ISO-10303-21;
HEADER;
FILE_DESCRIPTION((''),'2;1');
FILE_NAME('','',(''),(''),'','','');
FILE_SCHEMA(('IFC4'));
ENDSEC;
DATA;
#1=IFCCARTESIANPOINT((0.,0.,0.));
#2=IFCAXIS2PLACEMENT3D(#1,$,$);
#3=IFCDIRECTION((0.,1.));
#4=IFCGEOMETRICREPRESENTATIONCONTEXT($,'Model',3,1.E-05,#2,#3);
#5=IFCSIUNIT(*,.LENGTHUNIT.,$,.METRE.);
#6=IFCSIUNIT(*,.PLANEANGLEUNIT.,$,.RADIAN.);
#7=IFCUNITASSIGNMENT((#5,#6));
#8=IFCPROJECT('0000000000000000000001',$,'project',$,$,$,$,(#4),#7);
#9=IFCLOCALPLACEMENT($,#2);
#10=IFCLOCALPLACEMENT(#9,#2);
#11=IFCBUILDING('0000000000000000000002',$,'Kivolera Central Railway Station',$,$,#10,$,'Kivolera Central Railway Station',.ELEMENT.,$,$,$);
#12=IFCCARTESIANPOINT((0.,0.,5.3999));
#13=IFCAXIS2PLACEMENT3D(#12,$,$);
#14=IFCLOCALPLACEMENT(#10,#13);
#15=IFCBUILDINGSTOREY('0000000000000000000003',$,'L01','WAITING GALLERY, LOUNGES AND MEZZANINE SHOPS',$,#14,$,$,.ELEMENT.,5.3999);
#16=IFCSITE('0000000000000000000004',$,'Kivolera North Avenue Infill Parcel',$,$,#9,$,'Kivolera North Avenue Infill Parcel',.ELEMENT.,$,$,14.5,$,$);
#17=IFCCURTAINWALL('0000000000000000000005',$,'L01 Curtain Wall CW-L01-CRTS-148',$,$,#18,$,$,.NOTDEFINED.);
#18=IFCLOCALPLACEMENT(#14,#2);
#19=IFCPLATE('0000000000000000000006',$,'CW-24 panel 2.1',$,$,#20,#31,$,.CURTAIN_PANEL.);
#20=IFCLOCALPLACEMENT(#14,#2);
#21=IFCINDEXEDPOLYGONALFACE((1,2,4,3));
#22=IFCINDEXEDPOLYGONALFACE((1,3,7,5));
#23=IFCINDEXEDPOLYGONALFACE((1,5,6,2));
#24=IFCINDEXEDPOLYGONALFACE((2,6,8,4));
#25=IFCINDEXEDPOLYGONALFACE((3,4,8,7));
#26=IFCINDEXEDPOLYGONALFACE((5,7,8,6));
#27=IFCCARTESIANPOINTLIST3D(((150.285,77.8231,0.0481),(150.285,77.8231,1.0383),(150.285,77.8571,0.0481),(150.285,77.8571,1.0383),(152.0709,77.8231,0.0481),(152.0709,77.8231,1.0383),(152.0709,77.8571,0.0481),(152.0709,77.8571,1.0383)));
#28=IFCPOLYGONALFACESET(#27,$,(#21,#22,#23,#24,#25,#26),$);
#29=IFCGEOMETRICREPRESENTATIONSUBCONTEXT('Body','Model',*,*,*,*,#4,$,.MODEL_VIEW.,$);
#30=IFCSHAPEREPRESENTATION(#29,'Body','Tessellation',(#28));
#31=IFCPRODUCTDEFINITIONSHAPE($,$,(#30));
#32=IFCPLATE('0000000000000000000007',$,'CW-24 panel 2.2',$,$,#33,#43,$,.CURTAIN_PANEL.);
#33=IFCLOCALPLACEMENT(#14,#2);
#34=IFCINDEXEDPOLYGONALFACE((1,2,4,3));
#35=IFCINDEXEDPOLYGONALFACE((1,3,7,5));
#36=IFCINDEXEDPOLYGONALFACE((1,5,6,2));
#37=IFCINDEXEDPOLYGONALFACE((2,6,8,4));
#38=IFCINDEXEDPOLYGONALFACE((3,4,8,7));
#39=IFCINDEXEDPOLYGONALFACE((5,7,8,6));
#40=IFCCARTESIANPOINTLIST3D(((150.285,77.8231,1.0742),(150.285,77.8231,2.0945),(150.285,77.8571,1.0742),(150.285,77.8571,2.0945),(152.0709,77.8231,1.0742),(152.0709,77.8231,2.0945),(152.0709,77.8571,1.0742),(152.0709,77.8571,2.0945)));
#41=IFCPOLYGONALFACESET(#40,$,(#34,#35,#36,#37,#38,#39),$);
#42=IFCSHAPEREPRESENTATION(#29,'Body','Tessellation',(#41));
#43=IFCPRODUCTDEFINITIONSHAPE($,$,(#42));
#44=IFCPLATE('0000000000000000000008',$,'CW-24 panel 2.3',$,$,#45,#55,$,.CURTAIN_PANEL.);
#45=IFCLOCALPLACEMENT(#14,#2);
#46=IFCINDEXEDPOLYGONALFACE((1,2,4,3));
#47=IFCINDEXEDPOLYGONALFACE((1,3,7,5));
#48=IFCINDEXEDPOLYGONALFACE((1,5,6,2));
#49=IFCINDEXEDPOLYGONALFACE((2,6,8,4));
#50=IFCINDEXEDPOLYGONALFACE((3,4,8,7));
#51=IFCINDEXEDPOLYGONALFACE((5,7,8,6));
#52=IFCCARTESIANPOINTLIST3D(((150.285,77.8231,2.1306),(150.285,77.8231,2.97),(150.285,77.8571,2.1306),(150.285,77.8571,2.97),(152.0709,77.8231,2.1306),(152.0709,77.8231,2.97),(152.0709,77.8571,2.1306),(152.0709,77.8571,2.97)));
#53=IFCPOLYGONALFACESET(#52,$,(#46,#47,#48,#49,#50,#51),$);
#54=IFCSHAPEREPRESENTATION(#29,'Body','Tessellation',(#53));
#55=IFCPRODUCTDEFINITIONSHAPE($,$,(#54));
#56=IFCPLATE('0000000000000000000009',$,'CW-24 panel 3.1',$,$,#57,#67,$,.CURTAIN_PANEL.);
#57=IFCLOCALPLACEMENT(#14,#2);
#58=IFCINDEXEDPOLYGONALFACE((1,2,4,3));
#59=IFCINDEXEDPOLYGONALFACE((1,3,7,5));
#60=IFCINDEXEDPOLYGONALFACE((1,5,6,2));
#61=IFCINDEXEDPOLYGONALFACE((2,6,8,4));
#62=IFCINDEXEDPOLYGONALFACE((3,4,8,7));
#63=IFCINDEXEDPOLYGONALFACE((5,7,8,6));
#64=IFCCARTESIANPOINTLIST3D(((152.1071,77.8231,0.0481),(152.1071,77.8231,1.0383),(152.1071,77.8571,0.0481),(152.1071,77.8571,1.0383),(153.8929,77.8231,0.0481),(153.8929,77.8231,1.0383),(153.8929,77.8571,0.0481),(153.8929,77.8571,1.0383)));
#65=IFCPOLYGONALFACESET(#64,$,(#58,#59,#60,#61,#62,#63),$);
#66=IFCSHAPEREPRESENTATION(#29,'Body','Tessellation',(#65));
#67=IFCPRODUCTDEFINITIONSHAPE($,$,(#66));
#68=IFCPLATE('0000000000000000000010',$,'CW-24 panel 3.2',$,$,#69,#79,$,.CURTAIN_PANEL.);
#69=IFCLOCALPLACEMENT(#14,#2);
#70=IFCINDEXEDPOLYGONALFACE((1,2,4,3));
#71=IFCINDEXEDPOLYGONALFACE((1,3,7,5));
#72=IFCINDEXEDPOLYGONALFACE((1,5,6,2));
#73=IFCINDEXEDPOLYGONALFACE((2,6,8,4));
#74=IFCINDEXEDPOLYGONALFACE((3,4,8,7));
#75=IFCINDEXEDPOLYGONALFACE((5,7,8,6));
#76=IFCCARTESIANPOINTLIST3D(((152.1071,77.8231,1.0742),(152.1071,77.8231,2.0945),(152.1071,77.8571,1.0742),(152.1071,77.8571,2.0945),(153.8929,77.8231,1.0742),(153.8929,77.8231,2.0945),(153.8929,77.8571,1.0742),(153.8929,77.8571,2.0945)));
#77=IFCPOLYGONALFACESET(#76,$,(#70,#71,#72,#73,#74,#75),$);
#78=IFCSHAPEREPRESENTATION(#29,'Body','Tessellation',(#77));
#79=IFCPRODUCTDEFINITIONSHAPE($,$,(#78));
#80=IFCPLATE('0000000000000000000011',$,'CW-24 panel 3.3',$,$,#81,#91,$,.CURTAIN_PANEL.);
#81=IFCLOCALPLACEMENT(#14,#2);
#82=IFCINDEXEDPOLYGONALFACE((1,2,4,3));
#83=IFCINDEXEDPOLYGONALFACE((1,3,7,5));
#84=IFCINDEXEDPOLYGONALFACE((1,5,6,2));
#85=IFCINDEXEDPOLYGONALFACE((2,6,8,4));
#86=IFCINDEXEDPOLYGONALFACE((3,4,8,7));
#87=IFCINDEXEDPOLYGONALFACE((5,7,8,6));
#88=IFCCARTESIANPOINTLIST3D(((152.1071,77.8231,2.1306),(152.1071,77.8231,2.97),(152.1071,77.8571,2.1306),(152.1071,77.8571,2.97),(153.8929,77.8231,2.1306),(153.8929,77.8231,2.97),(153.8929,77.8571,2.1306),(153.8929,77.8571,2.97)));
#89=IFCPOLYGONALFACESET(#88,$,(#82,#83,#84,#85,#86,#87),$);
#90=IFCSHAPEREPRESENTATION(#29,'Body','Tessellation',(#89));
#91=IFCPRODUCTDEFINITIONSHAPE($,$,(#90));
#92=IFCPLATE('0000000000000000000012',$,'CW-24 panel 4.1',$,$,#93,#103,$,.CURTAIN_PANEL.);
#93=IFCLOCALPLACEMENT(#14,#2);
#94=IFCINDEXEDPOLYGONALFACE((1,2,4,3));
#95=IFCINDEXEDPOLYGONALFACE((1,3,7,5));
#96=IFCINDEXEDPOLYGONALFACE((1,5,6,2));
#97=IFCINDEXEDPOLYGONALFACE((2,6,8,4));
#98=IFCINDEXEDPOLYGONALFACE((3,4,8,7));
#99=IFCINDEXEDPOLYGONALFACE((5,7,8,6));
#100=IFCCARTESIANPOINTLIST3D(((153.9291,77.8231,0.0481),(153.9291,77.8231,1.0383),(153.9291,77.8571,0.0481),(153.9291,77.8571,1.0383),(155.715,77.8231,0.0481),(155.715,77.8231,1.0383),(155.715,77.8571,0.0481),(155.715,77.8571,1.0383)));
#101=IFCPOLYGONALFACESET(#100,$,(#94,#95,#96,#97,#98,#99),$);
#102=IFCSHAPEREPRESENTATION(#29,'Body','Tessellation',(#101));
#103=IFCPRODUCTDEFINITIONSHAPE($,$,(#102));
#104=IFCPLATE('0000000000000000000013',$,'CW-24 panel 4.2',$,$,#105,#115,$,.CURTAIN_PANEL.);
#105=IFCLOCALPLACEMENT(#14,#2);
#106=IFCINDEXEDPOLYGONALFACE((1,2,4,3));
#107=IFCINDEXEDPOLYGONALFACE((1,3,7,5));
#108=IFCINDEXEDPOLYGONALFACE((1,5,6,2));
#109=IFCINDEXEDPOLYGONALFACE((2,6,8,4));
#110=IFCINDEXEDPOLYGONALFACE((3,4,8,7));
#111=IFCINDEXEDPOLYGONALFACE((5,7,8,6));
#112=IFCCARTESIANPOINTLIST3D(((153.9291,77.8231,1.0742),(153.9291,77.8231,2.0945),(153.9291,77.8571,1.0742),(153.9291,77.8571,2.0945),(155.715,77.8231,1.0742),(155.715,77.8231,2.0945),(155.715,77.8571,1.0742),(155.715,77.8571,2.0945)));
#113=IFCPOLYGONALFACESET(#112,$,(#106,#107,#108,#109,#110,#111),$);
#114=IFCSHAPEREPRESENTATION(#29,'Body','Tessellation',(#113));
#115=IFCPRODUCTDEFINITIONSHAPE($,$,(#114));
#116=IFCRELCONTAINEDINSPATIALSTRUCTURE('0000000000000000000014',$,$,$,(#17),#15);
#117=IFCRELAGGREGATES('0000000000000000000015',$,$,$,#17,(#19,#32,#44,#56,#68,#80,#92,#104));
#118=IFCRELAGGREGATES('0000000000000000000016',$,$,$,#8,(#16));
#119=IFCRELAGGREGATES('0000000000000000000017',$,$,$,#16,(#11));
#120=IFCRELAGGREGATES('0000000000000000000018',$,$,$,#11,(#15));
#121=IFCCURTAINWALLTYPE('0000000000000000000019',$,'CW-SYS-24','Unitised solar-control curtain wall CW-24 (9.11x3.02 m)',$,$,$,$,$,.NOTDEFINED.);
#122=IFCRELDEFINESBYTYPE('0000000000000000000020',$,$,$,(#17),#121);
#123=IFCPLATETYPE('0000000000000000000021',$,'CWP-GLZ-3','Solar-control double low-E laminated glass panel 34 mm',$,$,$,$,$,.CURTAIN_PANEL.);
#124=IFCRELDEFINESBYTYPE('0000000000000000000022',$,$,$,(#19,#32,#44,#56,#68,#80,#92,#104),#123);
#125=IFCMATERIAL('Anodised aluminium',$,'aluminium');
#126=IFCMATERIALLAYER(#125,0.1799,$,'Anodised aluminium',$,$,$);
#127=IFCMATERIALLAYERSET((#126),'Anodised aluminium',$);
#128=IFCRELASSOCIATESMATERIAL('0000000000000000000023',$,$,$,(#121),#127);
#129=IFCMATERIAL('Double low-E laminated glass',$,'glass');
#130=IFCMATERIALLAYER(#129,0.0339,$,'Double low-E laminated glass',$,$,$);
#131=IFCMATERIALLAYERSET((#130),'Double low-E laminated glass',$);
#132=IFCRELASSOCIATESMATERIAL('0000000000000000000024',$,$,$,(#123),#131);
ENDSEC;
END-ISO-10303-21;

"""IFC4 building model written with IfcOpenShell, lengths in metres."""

from ifc_helpers import new_model, si_unit, direction, frame, origin, origin_2d, place, context, subcontext, project, spatial, rectangle, extrude, material, layer, layer_set, type_object, element, aggregate, save


model = new_model("IFC4")

# Units and contexts
model_context = context("Model", 3, precision=1e-05, world=origin(), true_north=direction((0.0, 1.0)))
body_context = subcontext(model_context, "Body", "Model", "MODEL_VIEW")
ifc_project = project(units=[si_unit("LENGTHUNIT", "METRE"), si_unit("PLANEANGLEUNIT", "RADIAN")], contexts=[model_context])

# Site, building, storey
site_placement = place(None, origin())
site = spatial("IfcSite", under=ifc_project, at=site_placement, Name="Kivolera North Avenue Infill Parcel", LongName="Kivolera North Avenue Infill Parcel", CompositionType="ELEMENT", RefElevation=14.5)
building_placement = place(site_placement, origin())
building = spatial("IfcBuilding", under=site, at=building_placement, Name="Kivolera Central Railway Station", LongName="Kivolera Central Railway Station", CompositionType="ELEMENT")
storey_placement = place(building_placement, frame((0.0, 0.0, 5.3999)))
storey = spatial("IfcBuildingStorey", under=building, at=storey_placement, Name="L01", Description="WAITING GALLERY, LOUNGES AND MEZZANINE SHOPS", CompositionType="ELEMENT", Elevation=5.3999)

# Curtain wall, plates
ifc_material_1 = material(Name="Anodised aluminium", Category="aluminium")
ifc_layer_1 = layer(ifc_material_1, 0.1799, Name="Anodised aluminium")
ifc_layer_set_1 = layer_set([ifc_layer_1], Name="Anodised aluminium")
curtain_wall_type = type_object("IfcCurtainWallType", Name="CW-SYS-24", Description="Unitised solar-control curtain wall CW-24 (9.11x3.02 m)", PredefinedType="NOTDEFINED", material=ifc_layer_set_1)
curtain_wall_placement = place(storey_placement, origin())
curtain_wall = element("IfcCurtainWall", 1, at=curtain_wall_placement, inside=storey, type_object=curtain_wall_type, Name="L01 Curtain Wall CW-L01-CRTS-148", PredefinedType="NOTDEFINED")
ifc_material_2 = material(Name="Double low-E laminated glass", Category="glass")
ifc_layer_2 = layer(ifc_material_2, 0.0339, Name="Double low-E laminated glass")
ifc_layer_set_2 = layer_set([ifc_layer_2], Name="Double low-E laminated glass")
plate_type = type_object("IfcPlateType", Name="CWP-GLZ-3", Description="Solar-control double low-E laminated glass panel 34 mm", PredefinedType="CURTAIN_PANEL", material=ifc_layer_set_2)
plate_1_placement = place(storey_placement, frame((151.178, 77.8401, 0.0481), z_axis=(0.0, 0.0, 1.0), x_axis=(1.0, 0.0, 0.0)))
plate_1 = element("IfcPlate", 2, at=plate_1_placement, type_object=plate_type, Name="CW-24 panel 2.1", PredefinedType="CURTAIN_PANEL", context=body_context, shape_type="SweptSolid", body=[
    extrude(rectangle(XDim=1.7859, YDim=0.0339, at=origin_2d()), origin(), (0.0, 0.0, 1.0), 0.9902),
])
plate_2_placement = place(storey_placement, frame((151.178, 77.8401, 1.0742), z_axis=(0.0, 0.0, 1.0), x_axis=(1.0, 0.0, 0.0)))
plate_2 = element("IfcPlate", 3, at=plate_2_placement, type_object=plate_type, Name="CW-24 panel 2.2", PredefinedType="CURTAIN_PANEL", context=body_context, shape_type="SweptSolid", body=[
    extrude(rectangle(XDim=1.7859, YDim=0.0339, at=origin_2d()), origin(), (0.0, 0.0, 1.0), 1.0203),
])
plate_3_placement = place(storey_placement, frame((151.178, 77.8401, 2.1306), z_axis=(0.0, 0.0, 1.0), x_axis=(1.0, 0.0, 0.0)))
plate_3 = element("IfcPlate", 4, at=plate_3_placement, type_object=plate_type, Name="CW-24 panel 2.3", PredefinedType="CURTAIN_PANEL", context=body_context, shape_type="SweptSolid", body=[
    extrude(rectangle(XDim=1.7859, YDim=0.0339, at=origin_2d()), origin(), (0.0, 0.0, 1.0), 0.8394),
])
plate_4_placement = place(storey_placement, frame((153.0, 77.8401, 0.0481), z_axis=(0.0, 0.0, 1.0), x_axis=(1.0, 0.0, 0.0)))
plate_4 = element("IfcPlate", 5, at=plate_4_placement, type_object=plate_type, Name="CW-24 panel 3.1", PredefinedType="CURTAIN_PANEL", context=body_context, shape_type="SweptSolid", body=[
    extrude(rectangle(XDim=1.7859, YDim=0.0339, at=origin_2d()), origin(), (0.0, 0.0, 1.0), 0.9902),
])
plate_5_placement = place(storey_placement, frame((153.0, 77.8401, 1.0742), z_axis=(0.0, 0.0, 1.0), x_axis=(1.0, 0.0, 0.0)))
plate_5 = element("IfcPlate", 6, at=plate_5_placement, type_object=plate_type, Name="CW-24 panel 3.2", PredefinedType="CURTAIN_PANEL", context=body_context, shape_type="SweptSolid", body=[
    extrude(rectangle(XDim=1.7859, YDim=0.0339, at=origin_2d()), origin(), (0.0, 0.0, 1.0), 1.0203),
])
plate_6_placement = place(storey_placement, frame((153.0, 77.8401, 2.1306), z_axis=(0.0, 0.0, 1.0), x_axis=(1.0, 0.0, 0.0)))
plate_6 = element("IfcPlate", 7, at=plate_6_placement, type_object=plate_type, Name="CW-24 panel 3.3", PredefinedType="CURTAIN_PANEL", context=body_context, shape_type="SweptSolid", body=[
    extrude(rectangle(XDim=1.7859, YDim=0.0339, at=origin_2d()), origin(), (0.0, 0.0, 1.0), 0.8394),
])
plate_7_placement = place(storey_placement, frame((154.822, 77.8401, 0.0481), z_axis=(0.0, 0.0, 1.0), x_axis=(1.0, 0.0, 0.0)))
plate_7 = element("IfcPlate", 8, at=plate_7_placement, type_object=plate_type, Name="CW-24 panel 4.1", PredefinedType="CURTAIN_PANEL", context=body_context, shape_type="SweptSolid", body=[
    extrude(rectangle(XDim=1.7859, YDim=0.0339, at=origin_2d()), origin(), (0.0, 0.0, 1.0), 0.9902),
])
plate_8_placement = place(storey_placement, frame((154.822, 77.8401, 1.0742), z_axis=(0.0, 0.0, 1.0), x_axis=(1.0, 0.0, 0.0)))
plate_8 = element("IfcPlate", 9, at=plate_8_placement, type_object=plate_type, Name="CW-24 panel 4.2", PredefinedType="CURTAIN_PANEL", context=body_context, shape_type="SweptSolid", body=[
    extrude(rectangle(XDim=1.7859, YDim=0.0339, at=origin_2d()), origin(), (0.0, 0.0, 1.0), 1.0203),
])
aggregate(curtain_wall, [plate_1, plate_2, plate_3, plate_4, plate_5, plate_6, plate_7, plate_8])

save(model, "model.ifc")
